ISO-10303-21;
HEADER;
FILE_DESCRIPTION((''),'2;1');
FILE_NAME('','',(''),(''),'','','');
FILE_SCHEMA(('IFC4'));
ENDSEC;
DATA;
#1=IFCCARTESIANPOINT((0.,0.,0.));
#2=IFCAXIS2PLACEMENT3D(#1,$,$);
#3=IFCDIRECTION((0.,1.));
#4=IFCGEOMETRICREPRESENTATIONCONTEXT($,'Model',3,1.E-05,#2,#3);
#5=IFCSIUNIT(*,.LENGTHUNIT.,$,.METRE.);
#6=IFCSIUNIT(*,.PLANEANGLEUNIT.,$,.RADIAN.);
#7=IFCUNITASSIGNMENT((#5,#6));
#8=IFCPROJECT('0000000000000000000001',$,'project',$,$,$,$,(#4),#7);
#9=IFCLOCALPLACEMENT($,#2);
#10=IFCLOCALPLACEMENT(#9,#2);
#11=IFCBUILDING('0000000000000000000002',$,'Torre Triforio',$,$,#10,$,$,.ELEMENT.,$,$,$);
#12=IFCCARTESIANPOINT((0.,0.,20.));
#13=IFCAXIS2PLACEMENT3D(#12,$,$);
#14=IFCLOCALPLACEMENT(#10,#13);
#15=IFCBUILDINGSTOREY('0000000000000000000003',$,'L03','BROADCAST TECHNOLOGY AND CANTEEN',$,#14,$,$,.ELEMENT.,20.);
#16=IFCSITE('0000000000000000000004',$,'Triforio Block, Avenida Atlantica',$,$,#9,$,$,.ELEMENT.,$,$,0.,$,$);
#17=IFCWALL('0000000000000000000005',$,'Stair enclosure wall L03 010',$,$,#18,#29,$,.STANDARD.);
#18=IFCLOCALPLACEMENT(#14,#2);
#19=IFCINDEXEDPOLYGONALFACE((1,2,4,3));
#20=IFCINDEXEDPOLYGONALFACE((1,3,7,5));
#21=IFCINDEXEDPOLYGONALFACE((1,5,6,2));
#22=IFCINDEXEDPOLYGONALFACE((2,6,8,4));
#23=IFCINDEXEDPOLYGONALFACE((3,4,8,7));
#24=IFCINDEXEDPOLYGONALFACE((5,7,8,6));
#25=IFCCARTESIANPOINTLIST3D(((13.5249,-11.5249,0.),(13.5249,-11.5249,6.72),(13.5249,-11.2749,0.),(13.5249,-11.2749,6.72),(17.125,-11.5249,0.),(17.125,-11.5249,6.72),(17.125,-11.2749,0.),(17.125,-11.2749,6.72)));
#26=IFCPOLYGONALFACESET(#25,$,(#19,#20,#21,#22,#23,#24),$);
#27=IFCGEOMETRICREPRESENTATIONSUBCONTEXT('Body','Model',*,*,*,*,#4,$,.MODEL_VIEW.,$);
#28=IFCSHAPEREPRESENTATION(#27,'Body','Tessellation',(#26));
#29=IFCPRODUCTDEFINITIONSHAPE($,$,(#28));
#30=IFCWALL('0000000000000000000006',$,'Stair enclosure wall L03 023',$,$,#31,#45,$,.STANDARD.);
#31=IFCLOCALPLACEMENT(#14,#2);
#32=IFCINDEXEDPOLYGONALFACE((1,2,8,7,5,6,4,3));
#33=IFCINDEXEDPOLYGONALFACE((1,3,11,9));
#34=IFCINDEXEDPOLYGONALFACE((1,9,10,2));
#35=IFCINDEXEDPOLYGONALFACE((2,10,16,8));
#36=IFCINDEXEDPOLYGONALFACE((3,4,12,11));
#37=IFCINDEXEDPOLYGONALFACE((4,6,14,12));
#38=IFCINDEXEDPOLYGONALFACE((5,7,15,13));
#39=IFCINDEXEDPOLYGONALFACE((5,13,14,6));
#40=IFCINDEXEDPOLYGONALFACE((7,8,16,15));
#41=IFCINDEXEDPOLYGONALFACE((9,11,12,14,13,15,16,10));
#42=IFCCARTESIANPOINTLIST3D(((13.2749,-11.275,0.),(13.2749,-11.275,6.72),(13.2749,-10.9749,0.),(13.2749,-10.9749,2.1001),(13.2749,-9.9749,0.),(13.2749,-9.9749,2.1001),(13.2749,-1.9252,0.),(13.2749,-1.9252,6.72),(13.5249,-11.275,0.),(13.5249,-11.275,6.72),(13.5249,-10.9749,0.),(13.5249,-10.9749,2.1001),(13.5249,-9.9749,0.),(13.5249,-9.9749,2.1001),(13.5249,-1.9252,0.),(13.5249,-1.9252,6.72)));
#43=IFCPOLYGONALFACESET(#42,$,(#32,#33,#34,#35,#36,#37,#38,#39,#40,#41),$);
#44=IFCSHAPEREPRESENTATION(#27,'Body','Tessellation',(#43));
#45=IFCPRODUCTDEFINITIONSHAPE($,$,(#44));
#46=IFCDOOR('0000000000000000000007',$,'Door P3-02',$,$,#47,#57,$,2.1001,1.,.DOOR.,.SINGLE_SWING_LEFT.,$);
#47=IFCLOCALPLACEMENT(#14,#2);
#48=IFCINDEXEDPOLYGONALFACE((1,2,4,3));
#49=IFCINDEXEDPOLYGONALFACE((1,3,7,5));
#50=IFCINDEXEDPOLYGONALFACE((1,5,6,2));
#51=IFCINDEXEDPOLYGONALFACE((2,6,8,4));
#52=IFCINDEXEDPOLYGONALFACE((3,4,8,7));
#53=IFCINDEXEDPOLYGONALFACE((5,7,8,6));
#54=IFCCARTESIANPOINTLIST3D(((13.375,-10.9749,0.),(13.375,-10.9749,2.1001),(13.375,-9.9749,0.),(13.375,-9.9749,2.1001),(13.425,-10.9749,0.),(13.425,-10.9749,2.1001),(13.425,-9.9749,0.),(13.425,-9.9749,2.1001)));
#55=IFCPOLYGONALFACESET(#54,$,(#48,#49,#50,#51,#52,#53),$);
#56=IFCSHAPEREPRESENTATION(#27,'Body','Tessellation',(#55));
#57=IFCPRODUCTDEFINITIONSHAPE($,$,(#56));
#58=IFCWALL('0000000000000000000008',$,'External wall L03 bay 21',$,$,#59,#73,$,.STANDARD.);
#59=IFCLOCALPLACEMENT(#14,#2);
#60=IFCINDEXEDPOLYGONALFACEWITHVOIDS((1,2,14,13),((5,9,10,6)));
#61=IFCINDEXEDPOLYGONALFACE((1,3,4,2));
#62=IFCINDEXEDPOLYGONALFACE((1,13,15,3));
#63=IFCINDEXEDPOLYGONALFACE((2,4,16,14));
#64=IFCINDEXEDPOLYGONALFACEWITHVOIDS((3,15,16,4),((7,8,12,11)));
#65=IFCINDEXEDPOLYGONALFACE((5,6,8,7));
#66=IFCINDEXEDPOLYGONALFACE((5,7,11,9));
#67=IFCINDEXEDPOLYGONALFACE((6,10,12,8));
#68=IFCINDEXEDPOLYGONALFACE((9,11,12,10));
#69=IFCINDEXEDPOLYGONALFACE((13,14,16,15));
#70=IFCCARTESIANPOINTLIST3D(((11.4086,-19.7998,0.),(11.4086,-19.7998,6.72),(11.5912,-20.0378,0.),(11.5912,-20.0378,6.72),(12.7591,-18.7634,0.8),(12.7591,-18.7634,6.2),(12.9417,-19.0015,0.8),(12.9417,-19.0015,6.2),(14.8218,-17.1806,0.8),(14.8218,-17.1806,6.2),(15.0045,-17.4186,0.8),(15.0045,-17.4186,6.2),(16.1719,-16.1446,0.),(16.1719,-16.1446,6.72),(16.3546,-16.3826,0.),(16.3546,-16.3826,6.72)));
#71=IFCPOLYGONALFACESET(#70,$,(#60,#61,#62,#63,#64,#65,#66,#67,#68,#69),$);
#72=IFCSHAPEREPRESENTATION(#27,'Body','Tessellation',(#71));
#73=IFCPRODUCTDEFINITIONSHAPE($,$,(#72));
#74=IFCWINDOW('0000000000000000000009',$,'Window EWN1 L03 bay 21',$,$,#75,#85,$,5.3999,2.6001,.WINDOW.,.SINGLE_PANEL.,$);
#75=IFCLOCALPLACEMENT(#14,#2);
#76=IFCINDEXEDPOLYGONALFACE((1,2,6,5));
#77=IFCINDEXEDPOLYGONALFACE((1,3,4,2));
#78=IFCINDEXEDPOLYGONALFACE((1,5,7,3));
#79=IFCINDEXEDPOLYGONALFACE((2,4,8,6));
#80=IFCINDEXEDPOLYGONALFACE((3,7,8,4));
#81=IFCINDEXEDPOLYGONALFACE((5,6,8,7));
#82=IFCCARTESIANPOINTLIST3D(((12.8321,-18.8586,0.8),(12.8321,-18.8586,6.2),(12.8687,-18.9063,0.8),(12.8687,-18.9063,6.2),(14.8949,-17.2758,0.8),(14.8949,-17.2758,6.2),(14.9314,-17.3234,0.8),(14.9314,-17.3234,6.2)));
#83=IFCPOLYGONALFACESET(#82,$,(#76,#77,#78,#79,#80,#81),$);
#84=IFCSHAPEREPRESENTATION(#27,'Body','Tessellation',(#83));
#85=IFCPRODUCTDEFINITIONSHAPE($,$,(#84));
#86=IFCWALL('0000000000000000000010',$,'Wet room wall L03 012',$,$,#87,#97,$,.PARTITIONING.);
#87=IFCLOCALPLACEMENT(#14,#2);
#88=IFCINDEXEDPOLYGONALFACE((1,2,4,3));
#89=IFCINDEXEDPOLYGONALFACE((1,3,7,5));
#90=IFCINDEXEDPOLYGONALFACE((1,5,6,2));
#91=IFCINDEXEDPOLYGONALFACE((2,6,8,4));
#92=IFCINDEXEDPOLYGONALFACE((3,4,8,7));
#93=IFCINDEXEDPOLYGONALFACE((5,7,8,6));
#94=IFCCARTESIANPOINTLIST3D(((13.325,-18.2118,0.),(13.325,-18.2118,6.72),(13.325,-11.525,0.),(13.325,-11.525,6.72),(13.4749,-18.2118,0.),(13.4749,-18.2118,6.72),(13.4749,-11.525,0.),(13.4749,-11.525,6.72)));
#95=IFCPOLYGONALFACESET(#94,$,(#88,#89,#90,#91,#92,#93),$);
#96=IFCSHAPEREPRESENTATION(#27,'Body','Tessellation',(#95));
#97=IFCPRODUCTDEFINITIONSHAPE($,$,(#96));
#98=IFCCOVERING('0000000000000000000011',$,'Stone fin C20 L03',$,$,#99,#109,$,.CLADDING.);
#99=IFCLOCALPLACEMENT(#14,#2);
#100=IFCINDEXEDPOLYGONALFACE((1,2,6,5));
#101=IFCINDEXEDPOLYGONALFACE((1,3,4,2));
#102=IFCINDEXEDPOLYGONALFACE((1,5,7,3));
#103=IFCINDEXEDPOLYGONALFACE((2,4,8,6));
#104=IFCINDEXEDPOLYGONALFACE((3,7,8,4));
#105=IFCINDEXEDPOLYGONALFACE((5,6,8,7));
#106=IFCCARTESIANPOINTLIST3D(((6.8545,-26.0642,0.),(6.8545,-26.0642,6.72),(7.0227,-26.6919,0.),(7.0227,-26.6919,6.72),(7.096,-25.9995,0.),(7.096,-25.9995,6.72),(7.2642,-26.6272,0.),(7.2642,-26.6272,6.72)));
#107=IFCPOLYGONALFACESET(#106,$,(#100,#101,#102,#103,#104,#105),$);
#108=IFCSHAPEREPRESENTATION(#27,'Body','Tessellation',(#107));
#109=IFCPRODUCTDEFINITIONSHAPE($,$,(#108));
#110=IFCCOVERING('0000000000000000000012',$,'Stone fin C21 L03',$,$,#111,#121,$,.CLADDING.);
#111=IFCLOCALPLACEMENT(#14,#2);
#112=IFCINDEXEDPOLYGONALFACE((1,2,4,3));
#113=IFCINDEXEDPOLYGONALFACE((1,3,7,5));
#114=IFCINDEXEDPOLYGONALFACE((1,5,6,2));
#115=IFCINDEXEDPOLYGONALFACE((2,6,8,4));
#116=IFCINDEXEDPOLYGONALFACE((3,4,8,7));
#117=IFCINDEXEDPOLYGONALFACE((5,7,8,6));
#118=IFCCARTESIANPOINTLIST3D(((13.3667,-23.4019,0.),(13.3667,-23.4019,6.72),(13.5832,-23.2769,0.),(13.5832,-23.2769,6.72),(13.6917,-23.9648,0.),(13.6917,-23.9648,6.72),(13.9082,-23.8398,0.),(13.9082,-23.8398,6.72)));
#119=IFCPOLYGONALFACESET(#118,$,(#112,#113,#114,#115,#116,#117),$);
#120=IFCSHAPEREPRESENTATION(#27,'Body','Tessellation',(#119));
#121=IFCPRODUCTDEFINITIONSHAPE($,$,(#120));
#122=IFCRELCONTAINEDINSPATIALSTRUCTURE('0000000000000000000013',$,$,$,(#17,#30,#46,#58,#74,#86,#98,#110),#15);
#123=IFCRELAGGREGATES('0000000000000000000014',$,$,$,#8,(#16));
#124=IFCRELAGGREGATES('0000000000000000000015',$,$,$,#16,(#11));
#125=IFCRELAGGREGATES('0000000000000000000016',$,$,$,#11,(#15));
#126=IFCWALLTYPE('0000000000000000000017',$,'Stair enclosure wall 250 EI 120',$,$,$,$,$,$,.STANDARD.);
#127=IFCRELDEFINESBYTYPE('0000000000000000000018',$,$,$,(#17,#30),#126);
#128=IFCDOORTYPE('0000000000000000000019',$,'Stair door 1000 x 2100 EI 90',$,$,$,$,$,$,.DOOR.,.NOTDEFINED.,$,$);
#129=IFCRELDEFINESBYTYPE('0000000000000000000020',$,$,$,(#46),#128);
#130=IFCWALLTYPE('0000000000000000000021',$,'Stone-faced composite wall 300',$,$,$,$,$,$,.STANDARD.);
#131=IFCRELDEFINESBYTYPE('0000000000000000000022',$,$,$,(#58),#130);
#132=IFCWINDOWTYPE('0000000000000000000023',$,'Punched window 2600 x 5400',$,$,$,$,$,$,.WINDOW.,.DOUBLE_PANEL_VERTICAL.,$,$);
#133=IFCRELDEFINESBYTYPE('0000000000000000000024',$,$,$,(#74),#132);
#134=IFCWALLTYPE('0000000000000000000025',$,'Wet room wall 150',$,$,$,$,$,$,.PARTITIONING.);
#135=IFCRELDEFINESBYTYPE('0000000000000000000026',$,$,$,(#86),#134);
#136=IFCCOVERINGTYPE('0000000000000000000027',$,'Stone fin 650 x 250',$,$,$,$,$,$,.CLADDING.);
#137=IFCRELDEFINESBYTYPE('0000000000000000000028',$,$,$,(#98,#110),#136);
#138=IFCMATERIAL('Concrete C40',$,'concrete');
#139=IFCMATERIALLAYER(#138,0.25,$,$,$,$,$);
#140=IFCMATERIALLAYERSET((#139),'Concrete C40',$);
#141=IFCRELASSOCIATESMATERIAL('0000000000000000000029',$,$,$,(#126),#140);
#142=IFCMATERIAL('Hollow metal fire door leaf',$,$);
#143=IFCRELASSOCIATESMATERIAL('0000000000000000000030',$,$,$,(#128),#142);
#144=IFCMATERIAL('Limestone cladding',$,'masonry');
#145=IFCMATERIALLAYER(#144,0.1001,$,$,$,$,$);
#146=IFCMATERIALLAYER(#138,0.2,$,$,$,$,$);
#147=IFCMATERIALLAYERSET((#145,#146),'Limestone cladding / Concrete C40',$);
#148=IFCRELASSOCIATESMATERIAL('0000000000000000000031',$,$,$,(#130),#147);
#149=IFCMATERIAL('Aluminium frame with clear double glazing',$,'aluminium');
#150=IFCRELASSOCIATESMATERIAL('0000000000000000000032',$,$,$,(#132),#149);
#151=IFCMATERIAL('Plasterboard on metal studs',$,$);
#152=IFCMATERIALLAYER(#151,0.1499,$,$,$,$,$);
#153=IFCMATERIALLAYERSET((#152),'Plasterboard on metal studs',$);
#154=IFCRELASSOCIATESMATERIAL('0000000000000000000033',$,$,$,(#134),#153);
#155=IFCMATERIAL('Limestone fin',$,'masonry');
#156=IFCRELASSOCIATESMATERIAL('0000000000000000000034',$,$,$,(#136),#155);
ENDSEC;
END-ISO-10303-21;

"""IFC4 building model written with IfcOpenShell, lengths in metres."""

from ifc_helpers import new_model, si_unit, direction, frame, frame_2d, origin, origin_2d, place, context, subcontext, project, spatial, rectangle, extrude, material, layer, layer_set, material_profile, profile_set, type_object, element, fill, save


model = new_model("IFC4")

# Units and contexts
model_context = context("Model", 3, precision=1e-05, world=origin(), true_north=direction((0.0, 1.0)))
body_context = subcontext(model_context, "Body", "Model", "MODEL_VIEW")
ifc_project = project(units=[si_unit("LENGTHUNIT", "METRE"), si_unit("PLANEANGLEUNIT", "RADIAN")], contexts=[model_context])

# Site, building, storey
site_placement = place(None, origin())
site = spatial("IfcSite", under=ifc_project, at=site_placement, Name="Triforio Block, Avenida Atlantica", CompositionType="ELEMENT", RefElevation=0.0)
building_placement = place(site_placement, origin())
building = spatial("IfcBuilding", under=site, at=building_placement, Name="Torre Triforio", CompositionType="ELEMENT")
storey_placement = place(building_placement, frame((0.0, 0.0, 20.0)))
storey = spatial("IfcBuildingStorey", under=building, at=storey_placement, Name="L03", Description="BROADCAST TECHNOLOGY AND CANTEEN", CompositionType="ELEMENT", Elevation=20.0)

# Shared definitions
ifc_material_1 = material(Name="Hollow metal fire door leaf")
ifc_material_2 = material(Name="Plasterboard on metal studs")

# Wall
ifc_material_3 = material(Name="Limestone cladding", Category="masonry")
ifc_material_4 = material(Name="Concrete C40", Category="concrete")
ifc_layer_1 = layer(ifc_material_4, 0.25)
ifc_layer_set_1 = layer_set([ifc_layer_1], Name="Concrete C40")
wall_type_1 = type_object("IfcWallType", Name="Stair enclosure wall 250 EI 120", PredefinedType="STANDARD", material=ifc_layer_set_1)
wall_1_placement = place(storey_placement, frame((13.5249, -11.3999, 0.0), z_axis=(0.0, 0.0, 1.0), x_axis=(1.0, 0.0, 0.0)))
element("IfcWall", 1, at=wall_1_placement, inside=storey, type_object=wall_type_1, Name="Stair enclosure wall L03 010", PredefinedType="STANDARD", context=body_context, shape_type="SweptSolid", body=[
    extrude(rectangle(XDim=3.6001, YDim=0.25, at=frame_2d((1.8, 0.0))), origin(), (0.0, 0.0, 1.0), 6.72),
])

# Wall, opening, door
wall_2_placement = place(storey_placement, frame((13.3999, -11.2749, 0.0), z_axis=(0.0, 0.0, 1.0), x_axis=(0.0, 1.0, 0.0)))
wall_2 = element("IfcWall", 2, at=wall_2_placement, inside=storey, type_object=wall_type_1, Name="Stair enclosure wall L03 023", PredefinedType="STANDARD", context=body_context, shape_type="SweptSolid", body=[
    extrude(rectangle(XDim=9.3499, YDim=0.25, at=frame_2d((4.6748, 0.0))), origin(), (0.0, 0.0, 1.0), 6.72),
])
opening_1_placement = place(wall_2_placement, frame((0.3, 0.0, 0.0)))
opening_1 = element("IfcOpeningElement", 3, at=opening_1_placement, cuts=wall_2, PredefinedType="OPENING", context=body_context, shape_type="SweptSolid", body=[
    extrude(rectangle(XDim=1.0, YDim=2.1001, at=frame_2d((0.5, 1.05))), frame((0.0, 0.135, 0.0), z_axis=(0.0, -1.0, 0.0), x_axis=(1.0, 0.0, 0.0)), (0.0, 0.0, 1.0), 0.27),
])
door_type_1 = type_object("IfcDoorType", Name="Stair door 1000 x 2100 EI 90", OperationType="NOTDEFINED", PredefinedType="DOOR", material=ifc_material_1)
door_1_placement = place(opening_1_placement, origin())
door_1 = element("IfcDoor", 4, at=door_1_placement, inside=storey, type_object=door_type_1, Name="Door P3-02", OperationType="SINGLE_SWING_LEFT", OverallHeight=2.1001, OverallWidth=1.0, PredefinedType="DOOR", context=body_context, shape_type="SweptSolid", body=[
    extrude(rectangle(XDim=1.0, YDim=2.1001, at=frame_2d((0.5, 1.05))), frame((0.0, 0.0249, 0.0), z_axis=(0.0, -1.0, 0.0), x_axis=(1.0, 0.0, 0.0)), (0.0, 0.0, 1.0), 0.05),
])
fill(opening_1, door_1)

# Wall, opening, window
ifc_layer_2 = layer(ifc_material_3, 0.1001)
ifc_layer_3 = layer(ifc_material_4, 0.2)
ifc_layer_set_2 = layer_set([ifc_layer_2, ifc_layer_3], Name="Limestone cladding / Concrete C40")
wall_type_2 = type_object("IfcWallType", Name="Stone-faced composite wall 300", PredefinedType="STANDARD", material=ifc_layer_set_2)
wall_3_placement = place(storey_placement, frame((11.5, -19.9187, 0.0), z_axis=(0.0, 0.0, 1.0), x_axis=(0.79334, 0.608779, 0.0)))
wall_3 = element("IfcWall", 5, at=wall_3_placement, inside=storey, type_object=wall_type_2, Name="External wall L03 bay 21", PredefinedType="STANDARD", context=body_context, shape_type="SweptSolid", body=[
    extrude(rectangle(XDim=6.0042, YDim=0.3, at=frame_2d((3.002, 0.0))), origin(), (0.0, 0.0, 1.0), 6.72),
])
opening_2_placement = place(wall_3_placement, frame((1.7021, 0.0, 0.8)))
opening_2 = element("IfcOpeningElement", 6, at=opening_2_placement, cuts=wall_3, PredefinedType="OPENING", context=body_context, shape_type="SweptSolid", body=[
    extrude(rectangle(XDim=2.6001, YDim=5.3999, at=frame_2d((1.3, 2.7))), frame((0.0, 0.1599, 0.0), z_axis=(0.0, -1.0, 0.0), x_axis=(1.0, 0.0, 0.0)), (0.0, 0.0, 1.0), 0.3201),
])
ifc_material_5 = material(Name="Aluminium frame with clear double glazing", Category="aluminium")
window_type = type_object("IfcWindowType", Name="Punched window 2600 x 5400", PartitioningType="DOUBLE_PANEL_VERTICAL", PredefinedType="WINDOW", material=ifc_material_5)
window_placement = place(opening_2_placement, origin())
window = element("IfcWindow", 7, at=window_placement, inside=storey, type_object=window_type, Name="Window EWN1 L03 bay 21", OverallHeight=5.3999, OverallWidth=2.6001, PartitioningType="SINGLE_PANEL", PredefinedType="WINDOW", context=body_context, shape_type="SweptSolid", body=[
    extrude(rectangle(XDim=2.6001, YDim=5.3999, at=frame_2d((1.3, 2.7))), frame((0.0, 0.03, 0.0), z_axis=(0.0, -1.0, 0.0), x_axis=(1.0, 0.0, 0.0)), (0.0, 0.0, 1.0), 0.0601),
])
fill(opening_2, window)

# Wall
ifc_layer_4 = layer(ifc_material_2, 0.1499)
ifc_layer_set_3 = layer_set([ifc_layer_4], Name="Plasterboard on metal studs")
wall_type_3 = type_object("IfcWallType", Name="Wet room wall 150", PredefinedType="PARTITIONING", material=ifc_layer_set_3)
wall_4_placement = place(storey_placement, frame((13.3999, -18.2117, 0.0), z_axis=(0.0, 0.0, 1.0), x_axis=(0.0, 1.0, 0.0)))
element("IfcWall", 8, at=wall_4_placement, inside=storey, type_object=wall_type_3, Name="Wet room wall L03 012", PredefinedType="PARTITIONING", context=body_context, shape_type="SweptSolid", body=[
    extrude(rectangle(XDim=6.6868, YDim=0.1499, at=frame_2d((3.3433, 0.0))), origin(), (0.0, 0.0, 1.0), 6.72),
])

# Coverings
ifc_material_6 = material(Name="Limestone fin", Category="masonry")
ifc_material_profile_1 = material_profile(ifc_material_6, rectangle(XDim=0.6499, YDim=0.25, at=origin_2d()), Name="FIN 650x250")
ifc_profile_set_1 = profile_set([ifc_material_profile_1], Name="Limestone fin")
covering_type = type_object("IfcCoveringType", Name="Stone fin 650 x 250", PredefinedType="CLADDING", material=ifc_profile_set_1)
for number, where, z_axis, x_axis, name in (
    (9, (7.0593, -26.3457, 0.0), (0.0, 0.0, 1.0), (0.258819, -0.965926, 0.0), "Stone fin C20 L03"),
    (10, (13.6375, -23.6208, 0.0), (0.0, 0.0, 1.0), (0.5, -0.866025, 0.0), "Stone fin C21 L03"),
):
    element("IfcCovering", number, at=place(storey_placement, frame(where, z_axis=z_axis, x_axis=x_axis)), inside=storey, type_object=covering_type, Name=name, PredefinedType="CLADDING", context=body_context, shape_type="SweptSolid", body=[
        extrude(rectangle(XDim=0.6499, YDim=0.25, at=origin_2d()), origin(), (0.0, 0.0, 1.0), 6.72),
    ])

save(model, "model.ifc")
